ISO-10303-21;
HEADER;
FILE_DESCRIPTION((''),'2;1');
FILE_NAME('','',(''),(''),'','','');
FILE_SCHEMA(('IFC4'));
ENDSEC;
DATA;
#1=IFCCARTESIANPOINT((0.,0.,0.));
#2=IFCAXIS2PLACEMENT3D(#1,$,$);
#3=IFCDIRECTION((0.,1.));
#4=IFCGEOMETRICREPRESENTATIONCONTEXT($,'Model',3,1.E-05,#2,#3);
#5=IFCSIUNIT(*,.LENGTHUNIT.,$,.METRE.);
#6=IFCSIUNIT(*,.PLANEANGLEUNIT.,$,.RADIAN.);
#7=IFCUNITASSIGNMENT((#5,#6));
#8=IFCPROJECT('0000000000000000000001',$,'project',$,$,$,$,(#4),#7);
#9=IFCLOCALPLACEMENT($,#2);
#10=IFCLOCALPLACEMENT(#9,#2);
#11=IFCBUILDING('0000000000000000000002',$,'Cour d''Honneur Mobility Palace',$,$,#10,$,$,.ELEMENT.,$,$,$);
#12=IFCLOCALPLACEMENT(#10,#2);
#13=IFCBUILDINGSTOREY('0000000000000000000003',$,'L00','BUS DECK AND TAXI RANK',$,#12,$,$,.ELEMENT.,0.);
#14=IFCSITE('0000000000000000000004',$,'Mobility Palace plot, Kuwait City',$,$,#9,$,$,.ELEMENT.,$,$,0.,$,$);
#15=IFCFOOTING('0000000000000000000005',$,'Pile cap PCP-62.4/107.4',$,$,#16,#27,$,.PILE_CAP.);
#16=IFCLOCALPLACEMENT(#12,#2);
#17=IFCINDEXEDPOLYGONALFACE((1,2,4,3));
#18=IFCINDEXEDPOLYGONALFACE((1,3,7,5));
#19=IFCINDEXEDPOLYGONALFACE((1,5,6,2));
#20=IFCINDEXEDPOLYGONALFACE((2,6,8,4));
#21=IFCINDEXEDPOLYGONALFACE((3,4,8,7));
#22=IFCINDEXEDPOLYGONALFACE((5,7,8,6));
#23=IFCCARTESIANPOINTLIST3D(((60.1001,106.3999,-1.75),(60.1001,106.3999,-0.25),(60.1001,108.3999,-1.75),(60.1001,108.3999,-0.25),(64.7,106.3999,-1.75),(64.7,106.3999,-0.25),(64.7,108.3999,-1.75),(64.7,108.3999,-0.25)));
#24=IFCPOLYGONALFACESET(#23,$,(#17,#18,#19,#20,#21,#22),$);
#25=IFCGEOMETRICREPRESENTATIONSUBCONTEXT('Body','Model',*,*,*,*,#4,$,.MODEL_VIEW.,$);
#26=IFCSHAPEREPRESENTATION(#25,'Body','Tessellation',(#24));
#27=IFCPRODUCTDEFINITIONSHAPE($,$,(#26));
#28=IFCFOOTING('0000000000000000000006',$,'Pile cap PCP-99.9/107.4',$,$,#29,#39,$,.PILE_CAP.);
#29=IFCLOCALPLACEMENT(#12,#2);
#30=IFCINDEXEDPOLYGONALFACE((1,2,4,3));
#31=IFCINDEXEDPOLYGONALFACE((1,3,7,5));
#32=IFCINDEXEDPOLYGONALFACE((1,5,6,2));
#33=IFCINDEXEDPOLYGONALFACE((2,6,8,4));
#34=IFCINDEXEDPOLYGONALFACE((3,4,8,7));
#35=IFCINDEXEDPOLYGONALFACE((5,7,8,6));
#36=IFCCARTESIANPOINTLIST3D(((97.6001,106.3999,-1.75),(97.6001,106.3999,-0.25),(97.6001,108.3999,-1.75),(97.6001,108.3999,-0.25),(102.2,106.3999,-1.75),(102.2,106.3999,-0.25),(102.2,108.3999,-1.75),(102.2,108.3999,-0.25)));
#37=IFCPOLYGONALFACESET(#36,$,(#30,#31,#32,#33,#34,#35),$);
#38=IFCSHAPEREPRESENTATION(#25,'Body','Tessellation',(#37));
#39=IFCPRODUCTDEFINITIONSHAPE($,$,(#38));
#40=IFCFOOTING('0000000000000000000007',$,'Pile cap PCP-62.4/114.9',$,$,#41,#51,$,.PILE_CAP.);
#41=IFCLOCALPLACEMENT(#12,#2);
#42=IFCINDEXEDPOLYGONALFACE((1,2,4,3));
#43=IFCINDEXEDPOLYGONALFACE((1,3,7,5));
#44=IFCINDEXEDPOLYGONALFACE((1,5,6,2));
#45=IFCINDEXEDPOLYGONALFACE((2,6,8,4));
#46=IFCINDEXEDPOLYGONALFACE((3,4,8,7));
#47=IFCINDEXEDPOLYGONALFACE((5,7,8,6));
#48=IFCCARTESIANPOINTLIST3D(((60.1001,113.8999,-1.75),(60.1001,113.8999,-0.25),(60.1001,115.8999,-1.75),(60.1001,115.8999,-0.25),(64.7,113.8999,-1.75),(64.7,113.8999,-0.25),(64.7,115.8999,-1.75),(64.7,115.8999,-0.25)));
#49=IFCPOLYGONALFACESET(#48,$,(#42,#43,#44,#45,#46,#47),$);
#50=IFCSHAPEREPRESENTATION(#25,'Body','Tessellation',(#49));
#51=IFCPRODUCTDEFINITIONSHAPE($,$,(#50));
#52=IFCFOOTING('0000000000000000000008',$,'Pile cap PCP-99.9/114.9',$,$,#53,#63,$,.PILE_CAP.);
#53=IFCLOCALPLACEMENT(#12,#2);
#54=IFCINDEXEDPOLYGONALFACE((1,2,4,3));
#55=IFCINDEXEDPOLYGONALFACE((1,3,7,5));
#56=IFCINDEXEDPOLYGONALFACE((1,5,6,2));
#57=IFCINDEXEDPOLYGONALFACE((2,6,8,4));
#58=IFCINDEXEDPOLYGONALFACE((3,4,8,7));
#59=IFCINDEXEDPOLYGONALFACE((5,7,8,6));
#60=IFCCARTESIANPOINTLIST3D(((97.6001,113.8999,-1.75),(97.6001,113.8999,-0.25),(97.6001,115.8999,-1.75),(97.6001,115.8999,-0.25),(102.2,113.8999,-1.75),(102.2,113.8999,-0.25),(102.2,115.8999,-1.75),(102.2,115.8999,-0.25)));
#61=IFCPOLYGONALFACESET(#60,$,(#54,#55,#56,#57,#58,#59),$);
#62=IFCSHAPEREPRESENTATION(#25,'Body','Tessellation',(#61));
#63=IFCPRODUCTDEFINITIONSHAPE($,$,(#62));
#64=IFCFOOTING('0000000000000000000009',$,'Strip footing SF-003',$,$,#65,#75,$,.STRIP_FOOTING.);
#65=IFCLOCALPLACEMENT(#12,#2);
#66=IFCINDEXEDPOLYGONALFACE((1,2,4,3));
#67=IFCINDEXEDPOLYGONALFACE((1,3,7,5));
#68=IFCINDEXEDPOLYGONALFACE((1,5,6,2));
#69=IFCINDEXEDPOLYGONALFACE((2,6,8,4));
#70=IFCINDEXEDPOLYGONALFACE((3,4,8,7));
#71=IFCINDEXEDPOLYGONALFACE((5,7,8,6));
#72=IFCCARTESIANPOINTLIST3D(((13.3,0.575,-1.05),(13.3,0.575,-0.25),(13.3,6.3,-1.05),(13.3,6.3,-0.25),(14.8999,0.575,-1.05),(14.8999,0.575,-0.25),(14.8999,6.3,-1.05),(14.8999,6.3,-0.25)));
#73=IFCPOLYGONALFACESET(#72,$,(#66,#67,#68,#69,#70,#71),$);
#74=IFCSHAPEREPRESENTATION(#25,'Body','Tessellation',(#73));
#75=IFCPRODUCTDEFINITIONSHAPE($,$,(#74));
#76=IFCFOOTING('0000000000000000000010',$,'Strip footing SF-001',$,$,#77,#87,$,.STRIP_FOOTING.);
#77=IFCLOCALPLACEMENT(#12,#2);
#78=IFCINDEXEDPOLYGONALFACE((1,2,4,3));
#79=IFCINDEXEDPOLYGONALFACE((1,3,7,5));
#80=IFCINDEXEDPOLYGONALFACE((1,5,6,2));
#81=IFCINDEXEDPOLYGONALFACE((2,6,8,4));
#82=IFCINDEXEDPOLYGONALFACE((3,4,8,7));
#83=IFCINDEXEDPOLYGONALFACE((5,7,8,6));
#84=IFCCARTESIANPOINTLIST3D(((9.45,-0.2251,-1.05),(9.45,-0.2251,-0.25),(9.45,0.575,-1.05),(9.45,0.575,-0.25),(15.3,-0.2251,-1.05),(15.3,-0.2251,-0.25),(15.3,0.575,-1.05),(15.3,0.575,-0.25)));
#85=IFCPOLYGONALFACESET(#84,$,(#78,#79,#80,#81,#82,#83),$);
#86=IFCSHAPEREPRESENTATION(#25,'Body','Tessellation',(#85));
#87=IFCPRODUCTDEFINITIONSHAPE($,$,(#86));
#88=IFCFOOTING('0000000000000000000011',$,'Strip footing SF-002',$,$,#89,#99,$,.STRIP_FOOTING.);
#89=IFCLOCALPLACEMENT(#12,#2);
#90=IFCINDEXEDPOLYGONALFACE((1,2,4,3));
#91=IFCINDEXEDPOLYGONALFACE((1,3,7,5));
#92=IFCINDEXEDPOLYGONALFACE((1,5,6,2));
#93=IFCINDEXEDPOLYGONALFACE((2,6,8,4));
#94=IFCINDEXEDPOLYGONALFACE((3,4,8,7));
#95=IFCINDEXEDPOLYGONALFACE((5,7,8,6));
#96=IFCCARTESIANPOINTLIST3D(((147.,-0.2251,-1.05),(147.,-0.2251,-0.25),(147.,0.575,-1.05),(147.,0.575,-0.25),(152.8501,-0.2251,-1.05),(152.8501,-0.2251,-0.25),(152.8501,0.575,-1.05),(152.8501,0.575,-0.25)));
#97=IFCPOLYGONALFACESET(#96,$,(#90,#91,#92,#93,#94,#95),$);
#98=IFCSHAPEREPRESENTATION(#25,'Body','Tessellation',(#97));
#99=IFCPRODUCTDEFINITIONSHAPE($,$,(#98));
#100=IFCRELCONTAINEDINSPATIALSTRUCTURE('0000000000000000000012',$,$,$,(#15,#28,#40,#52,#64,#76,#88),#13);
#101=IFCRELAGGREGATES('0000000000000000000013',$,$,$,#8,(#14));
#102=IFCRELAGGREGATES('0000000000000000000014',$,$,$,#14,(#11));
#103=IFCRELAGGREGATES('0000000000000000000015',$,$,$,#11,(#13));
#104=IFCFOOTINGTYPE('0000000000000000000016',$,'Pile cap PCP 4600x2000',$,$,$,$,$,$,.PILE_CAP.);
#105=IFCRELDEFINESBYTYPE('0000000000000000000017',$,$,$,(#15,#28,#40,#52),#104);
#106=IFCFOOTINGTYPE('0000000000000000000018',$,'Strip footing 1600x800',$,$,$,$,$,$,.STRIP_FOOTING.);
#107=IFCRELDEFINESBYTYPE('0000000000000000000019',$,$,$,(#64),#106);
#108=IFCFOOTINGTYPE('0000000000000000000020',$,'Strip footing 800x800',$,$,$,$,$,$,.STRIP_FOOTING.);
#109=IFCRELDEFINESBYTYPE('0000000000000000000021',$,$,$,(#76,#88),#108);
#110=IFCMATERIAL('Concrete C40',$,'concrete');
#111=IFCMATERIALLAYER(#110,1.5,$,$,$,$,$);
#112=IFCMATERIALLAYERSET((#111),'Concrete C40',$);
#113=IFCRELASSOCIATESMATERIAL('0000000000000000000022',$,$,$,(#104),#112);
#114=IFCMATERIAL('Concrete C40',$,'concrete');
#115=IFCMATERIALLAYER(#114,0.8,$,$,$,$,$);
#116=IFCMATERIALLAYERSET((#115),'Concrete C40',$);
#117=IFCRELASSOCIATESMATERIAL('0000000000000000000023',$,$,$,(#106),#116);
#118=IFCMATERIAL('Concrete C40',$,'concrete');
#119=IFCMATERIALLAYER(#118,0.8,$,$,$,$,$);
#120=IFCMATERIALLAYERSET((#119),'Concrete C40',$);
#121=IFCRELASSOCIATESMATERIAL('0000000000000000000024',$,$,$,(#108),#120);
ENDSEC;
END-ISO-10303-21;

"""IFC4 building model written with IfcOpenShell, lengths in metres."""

from ifc_helpers import new_model, si_unit, direction, frame, origin, place, context, subcontext, project, spatial, polyline, outline, extrude, material, layer, layer_set, type_object, element, save


model = new_model("IFC4")

# Units and contexts
model_context = context("Model", 3, precision=1e-05, world=origin(), true_north=direction((0.0, 1.0)))
body_context = subcontext(model_context, "Body", "Model", "MODEL_VIEW")
ifc_project = project(units=[si_unit("LENGTHUNIT", "METRE"), si_unit("PLANEANGLEUNIT", "RADIAN")], contexts=[model_context])

# Site, building, storey
site_placement = place(None, origin())
site = spatial("IfcSite", under=ifc_project, at=site_placement, Name="Mobility Palace plot, Kuwait City", CompositionType="ELEMENT", RefElevation=0.0)
building_placement = place(site_placement, origin())
building = spatial("IfcBuilding", under=site, at=building_placement, Name="Cour d'Honneur Mobility Palace", CompositionType="ELEMENT")
storey_placement = place(building_placement, origin())
storey = spatial("IfcBuildingStorey", under=building, at=storey_placement, Name="L00", Description="BUS DECK AND TAXI RANK", CompositionType="ELEMENT", Elevation=0.0)

# Footings
ifc_material_1 = material(Name="Concrete C40", Category="concrete")
ifc_layer_1 = layer(ifc_material_1, 1.5)
ifc_layer_set_1 = layer_set([ifc_layer_1], Name="Concrete C40")
footing_type_1 = type_object("IfcFootingType", Name="Pile cap PCP 4600x2000", PredefinedType="PILE_CAP", material=ifc_layer_set_1)
footing_1_placement = place(storey_placement, frame((0.0, 0.0, -1.75)))
element("IfcFooting", 1, at=footing_1_placement, inside=storey, type_object=footing_type_1, Name="Pile cap PCP-62.4/107.4", PredefinedType="PILE_CAP", context=body_context, shape_type="SweptSolid", body=[
    extrude(outline(polyline([(60.1001, 106.3999), (64.7, 106.3999), (64.7, 108.3999), (60.1001, 108.3999), (60.1001, 106.3999)])), origin(), (0.0, 0.0, 1.0), 1.5),
])
footing_2_placement = place(storey_placement, frame((0.0, 0.0, -1.75)))
element("IfcFooting", 2, at=footing_2_placement, inside=storey, type_object=footing_type_1, Name="Pile cap PCP-99.9/107.4", PredefinedType="PILE_CAP", context=body_context, shape_type="SweptSolid", body=[
    extrude(outline(polyline([(97.6001, 106.3999), (102.2, 106.3999), (102.2, 108.3999), (97.6001, 108.3999), (97.6001, 106.3999)])), origin(), (0.0, 0.0, 1.0), 1.5),
])
footing_3_placement = place(storey_placement, frame((0.0, 0.0, -1.75)))
element("IfcFooting", 3, at=footing_3_placement, inside=storey, type_object=footing_type_1, Name="Pile cap PCP-62.4/114.9", PredefinedType="PILE_CAP", context=body_context, shape_type="SweptSolid", body=[
    extrude(outline(polyline([(60.1001, 113.8999), (64.7, 113.8999), (64.7, 115.8999), (60.1001, 115.8999), (60.1001, 113.8999)])), origin(), (0.0, 0.0, 1.0), 1.5),
])
footing_4_placement = place(storey_placement, frame((0.0, 0.0, -1.75)))
element("IfcFooting", 4, at=footing_4_placement, inside=storey, type_object=footing_type_1, Name="Pile cap PCP-99.9/114.9", PredefinedType="PILE_CAP", context=body_context, shape_type="SweptSolid", body=[
    extrude(outline(polyline([(97.6001, 113.8999), (102.2, 113.8999), (102.2, 115.8999), (97.6001, 115.8999), (97.6001, 113.8999)])), origin(), (0.0, 0.0, 1.0), 1.5),
])
ifc_material_2 = material(Name="Concrete C40", Category="concrete")
ifc_layer_2 = layer(ifc_material_2, 0.8)
ifc_layer_set_2 = layer_set([ifc_layer_2], Name="Concrete C40")
footing_type_2 = type_object("IfcFootingType", Name="Strip footing 1600x800", PredefinedType="STRIP_FOOTING", material=ifc_layer_set_2)
footing_5_placement = place(storey_placement, frame((0.0, 0.0, -1.05)))
element("IfcFooting", 5, at=footing_5_placement, inside=storey, type_object=footing_type_2, Name="Strip footing SF-003", PredefinedType="STRIP_FOOTING", context=body_context, shape_type="SweptSolid", body=[
    extrude(outline(polyline([(13.3, 0.575), (14.8999, 0.575), (14.8999, 6.3), (13.3, 6.3), (13.3, 0.575)])), origin(), (0.0, 0.0, 1.0), 0.8),
])
ifc_material_3 = material(Name="Concrete C40", Category="concrete")
ifc_layer_3 = layer(ifc_material_3, 0.8)
ifc_layer_set_3 = layer_set([ifc_layer_3], Name="Concrete C40")
footing_type_3 = type_object("IfcFootingType", Name="Strip footing 800x800", PredefinedType="STRIP_FOOTING", material=ifc_layer_set_3)
footing_6_placement = place(storey_placement, frame((0.0, 0.0, -1.05)))
element("IfcFooting", 6, at=footing_6_placement, inside=storey, type_object=footing_type_3, Name="Strip footing SF-001", PredefinedType="STRIP_FOOTING", context=body_context, shape_type="SweptSolid", body=[
    extrude(outline(polyline([(9.45, -0.2251), (15.3, -0.2251), (15.3, 0.575), (9.45, 0.575), (9.45, -0.2251)])), origin(), (0.0, 0.0, 1.0), 0.8),
])
footing_7_placement = place(storey_placement, frame((0.0, 0.0, -1.05)))
element("IfcFooting", 7, at=footing_7_placement, inside=storey, type_object=footing_type_3, Name="Strip footing SF-002", PredefinedType="STRIP_FOOTING", context=body_context, shape_type="SweptSolid", body=[
    extrude(outline(polyline([(147.0, -0.2251), (152.8501, -0.2251), (152.8501, 0.575), (147.0, 0.575), (147.0, -0.2251)])), origin(), (0.0, 0.0, 1.0), 0.8),
])

save(model, "model.ifc")
